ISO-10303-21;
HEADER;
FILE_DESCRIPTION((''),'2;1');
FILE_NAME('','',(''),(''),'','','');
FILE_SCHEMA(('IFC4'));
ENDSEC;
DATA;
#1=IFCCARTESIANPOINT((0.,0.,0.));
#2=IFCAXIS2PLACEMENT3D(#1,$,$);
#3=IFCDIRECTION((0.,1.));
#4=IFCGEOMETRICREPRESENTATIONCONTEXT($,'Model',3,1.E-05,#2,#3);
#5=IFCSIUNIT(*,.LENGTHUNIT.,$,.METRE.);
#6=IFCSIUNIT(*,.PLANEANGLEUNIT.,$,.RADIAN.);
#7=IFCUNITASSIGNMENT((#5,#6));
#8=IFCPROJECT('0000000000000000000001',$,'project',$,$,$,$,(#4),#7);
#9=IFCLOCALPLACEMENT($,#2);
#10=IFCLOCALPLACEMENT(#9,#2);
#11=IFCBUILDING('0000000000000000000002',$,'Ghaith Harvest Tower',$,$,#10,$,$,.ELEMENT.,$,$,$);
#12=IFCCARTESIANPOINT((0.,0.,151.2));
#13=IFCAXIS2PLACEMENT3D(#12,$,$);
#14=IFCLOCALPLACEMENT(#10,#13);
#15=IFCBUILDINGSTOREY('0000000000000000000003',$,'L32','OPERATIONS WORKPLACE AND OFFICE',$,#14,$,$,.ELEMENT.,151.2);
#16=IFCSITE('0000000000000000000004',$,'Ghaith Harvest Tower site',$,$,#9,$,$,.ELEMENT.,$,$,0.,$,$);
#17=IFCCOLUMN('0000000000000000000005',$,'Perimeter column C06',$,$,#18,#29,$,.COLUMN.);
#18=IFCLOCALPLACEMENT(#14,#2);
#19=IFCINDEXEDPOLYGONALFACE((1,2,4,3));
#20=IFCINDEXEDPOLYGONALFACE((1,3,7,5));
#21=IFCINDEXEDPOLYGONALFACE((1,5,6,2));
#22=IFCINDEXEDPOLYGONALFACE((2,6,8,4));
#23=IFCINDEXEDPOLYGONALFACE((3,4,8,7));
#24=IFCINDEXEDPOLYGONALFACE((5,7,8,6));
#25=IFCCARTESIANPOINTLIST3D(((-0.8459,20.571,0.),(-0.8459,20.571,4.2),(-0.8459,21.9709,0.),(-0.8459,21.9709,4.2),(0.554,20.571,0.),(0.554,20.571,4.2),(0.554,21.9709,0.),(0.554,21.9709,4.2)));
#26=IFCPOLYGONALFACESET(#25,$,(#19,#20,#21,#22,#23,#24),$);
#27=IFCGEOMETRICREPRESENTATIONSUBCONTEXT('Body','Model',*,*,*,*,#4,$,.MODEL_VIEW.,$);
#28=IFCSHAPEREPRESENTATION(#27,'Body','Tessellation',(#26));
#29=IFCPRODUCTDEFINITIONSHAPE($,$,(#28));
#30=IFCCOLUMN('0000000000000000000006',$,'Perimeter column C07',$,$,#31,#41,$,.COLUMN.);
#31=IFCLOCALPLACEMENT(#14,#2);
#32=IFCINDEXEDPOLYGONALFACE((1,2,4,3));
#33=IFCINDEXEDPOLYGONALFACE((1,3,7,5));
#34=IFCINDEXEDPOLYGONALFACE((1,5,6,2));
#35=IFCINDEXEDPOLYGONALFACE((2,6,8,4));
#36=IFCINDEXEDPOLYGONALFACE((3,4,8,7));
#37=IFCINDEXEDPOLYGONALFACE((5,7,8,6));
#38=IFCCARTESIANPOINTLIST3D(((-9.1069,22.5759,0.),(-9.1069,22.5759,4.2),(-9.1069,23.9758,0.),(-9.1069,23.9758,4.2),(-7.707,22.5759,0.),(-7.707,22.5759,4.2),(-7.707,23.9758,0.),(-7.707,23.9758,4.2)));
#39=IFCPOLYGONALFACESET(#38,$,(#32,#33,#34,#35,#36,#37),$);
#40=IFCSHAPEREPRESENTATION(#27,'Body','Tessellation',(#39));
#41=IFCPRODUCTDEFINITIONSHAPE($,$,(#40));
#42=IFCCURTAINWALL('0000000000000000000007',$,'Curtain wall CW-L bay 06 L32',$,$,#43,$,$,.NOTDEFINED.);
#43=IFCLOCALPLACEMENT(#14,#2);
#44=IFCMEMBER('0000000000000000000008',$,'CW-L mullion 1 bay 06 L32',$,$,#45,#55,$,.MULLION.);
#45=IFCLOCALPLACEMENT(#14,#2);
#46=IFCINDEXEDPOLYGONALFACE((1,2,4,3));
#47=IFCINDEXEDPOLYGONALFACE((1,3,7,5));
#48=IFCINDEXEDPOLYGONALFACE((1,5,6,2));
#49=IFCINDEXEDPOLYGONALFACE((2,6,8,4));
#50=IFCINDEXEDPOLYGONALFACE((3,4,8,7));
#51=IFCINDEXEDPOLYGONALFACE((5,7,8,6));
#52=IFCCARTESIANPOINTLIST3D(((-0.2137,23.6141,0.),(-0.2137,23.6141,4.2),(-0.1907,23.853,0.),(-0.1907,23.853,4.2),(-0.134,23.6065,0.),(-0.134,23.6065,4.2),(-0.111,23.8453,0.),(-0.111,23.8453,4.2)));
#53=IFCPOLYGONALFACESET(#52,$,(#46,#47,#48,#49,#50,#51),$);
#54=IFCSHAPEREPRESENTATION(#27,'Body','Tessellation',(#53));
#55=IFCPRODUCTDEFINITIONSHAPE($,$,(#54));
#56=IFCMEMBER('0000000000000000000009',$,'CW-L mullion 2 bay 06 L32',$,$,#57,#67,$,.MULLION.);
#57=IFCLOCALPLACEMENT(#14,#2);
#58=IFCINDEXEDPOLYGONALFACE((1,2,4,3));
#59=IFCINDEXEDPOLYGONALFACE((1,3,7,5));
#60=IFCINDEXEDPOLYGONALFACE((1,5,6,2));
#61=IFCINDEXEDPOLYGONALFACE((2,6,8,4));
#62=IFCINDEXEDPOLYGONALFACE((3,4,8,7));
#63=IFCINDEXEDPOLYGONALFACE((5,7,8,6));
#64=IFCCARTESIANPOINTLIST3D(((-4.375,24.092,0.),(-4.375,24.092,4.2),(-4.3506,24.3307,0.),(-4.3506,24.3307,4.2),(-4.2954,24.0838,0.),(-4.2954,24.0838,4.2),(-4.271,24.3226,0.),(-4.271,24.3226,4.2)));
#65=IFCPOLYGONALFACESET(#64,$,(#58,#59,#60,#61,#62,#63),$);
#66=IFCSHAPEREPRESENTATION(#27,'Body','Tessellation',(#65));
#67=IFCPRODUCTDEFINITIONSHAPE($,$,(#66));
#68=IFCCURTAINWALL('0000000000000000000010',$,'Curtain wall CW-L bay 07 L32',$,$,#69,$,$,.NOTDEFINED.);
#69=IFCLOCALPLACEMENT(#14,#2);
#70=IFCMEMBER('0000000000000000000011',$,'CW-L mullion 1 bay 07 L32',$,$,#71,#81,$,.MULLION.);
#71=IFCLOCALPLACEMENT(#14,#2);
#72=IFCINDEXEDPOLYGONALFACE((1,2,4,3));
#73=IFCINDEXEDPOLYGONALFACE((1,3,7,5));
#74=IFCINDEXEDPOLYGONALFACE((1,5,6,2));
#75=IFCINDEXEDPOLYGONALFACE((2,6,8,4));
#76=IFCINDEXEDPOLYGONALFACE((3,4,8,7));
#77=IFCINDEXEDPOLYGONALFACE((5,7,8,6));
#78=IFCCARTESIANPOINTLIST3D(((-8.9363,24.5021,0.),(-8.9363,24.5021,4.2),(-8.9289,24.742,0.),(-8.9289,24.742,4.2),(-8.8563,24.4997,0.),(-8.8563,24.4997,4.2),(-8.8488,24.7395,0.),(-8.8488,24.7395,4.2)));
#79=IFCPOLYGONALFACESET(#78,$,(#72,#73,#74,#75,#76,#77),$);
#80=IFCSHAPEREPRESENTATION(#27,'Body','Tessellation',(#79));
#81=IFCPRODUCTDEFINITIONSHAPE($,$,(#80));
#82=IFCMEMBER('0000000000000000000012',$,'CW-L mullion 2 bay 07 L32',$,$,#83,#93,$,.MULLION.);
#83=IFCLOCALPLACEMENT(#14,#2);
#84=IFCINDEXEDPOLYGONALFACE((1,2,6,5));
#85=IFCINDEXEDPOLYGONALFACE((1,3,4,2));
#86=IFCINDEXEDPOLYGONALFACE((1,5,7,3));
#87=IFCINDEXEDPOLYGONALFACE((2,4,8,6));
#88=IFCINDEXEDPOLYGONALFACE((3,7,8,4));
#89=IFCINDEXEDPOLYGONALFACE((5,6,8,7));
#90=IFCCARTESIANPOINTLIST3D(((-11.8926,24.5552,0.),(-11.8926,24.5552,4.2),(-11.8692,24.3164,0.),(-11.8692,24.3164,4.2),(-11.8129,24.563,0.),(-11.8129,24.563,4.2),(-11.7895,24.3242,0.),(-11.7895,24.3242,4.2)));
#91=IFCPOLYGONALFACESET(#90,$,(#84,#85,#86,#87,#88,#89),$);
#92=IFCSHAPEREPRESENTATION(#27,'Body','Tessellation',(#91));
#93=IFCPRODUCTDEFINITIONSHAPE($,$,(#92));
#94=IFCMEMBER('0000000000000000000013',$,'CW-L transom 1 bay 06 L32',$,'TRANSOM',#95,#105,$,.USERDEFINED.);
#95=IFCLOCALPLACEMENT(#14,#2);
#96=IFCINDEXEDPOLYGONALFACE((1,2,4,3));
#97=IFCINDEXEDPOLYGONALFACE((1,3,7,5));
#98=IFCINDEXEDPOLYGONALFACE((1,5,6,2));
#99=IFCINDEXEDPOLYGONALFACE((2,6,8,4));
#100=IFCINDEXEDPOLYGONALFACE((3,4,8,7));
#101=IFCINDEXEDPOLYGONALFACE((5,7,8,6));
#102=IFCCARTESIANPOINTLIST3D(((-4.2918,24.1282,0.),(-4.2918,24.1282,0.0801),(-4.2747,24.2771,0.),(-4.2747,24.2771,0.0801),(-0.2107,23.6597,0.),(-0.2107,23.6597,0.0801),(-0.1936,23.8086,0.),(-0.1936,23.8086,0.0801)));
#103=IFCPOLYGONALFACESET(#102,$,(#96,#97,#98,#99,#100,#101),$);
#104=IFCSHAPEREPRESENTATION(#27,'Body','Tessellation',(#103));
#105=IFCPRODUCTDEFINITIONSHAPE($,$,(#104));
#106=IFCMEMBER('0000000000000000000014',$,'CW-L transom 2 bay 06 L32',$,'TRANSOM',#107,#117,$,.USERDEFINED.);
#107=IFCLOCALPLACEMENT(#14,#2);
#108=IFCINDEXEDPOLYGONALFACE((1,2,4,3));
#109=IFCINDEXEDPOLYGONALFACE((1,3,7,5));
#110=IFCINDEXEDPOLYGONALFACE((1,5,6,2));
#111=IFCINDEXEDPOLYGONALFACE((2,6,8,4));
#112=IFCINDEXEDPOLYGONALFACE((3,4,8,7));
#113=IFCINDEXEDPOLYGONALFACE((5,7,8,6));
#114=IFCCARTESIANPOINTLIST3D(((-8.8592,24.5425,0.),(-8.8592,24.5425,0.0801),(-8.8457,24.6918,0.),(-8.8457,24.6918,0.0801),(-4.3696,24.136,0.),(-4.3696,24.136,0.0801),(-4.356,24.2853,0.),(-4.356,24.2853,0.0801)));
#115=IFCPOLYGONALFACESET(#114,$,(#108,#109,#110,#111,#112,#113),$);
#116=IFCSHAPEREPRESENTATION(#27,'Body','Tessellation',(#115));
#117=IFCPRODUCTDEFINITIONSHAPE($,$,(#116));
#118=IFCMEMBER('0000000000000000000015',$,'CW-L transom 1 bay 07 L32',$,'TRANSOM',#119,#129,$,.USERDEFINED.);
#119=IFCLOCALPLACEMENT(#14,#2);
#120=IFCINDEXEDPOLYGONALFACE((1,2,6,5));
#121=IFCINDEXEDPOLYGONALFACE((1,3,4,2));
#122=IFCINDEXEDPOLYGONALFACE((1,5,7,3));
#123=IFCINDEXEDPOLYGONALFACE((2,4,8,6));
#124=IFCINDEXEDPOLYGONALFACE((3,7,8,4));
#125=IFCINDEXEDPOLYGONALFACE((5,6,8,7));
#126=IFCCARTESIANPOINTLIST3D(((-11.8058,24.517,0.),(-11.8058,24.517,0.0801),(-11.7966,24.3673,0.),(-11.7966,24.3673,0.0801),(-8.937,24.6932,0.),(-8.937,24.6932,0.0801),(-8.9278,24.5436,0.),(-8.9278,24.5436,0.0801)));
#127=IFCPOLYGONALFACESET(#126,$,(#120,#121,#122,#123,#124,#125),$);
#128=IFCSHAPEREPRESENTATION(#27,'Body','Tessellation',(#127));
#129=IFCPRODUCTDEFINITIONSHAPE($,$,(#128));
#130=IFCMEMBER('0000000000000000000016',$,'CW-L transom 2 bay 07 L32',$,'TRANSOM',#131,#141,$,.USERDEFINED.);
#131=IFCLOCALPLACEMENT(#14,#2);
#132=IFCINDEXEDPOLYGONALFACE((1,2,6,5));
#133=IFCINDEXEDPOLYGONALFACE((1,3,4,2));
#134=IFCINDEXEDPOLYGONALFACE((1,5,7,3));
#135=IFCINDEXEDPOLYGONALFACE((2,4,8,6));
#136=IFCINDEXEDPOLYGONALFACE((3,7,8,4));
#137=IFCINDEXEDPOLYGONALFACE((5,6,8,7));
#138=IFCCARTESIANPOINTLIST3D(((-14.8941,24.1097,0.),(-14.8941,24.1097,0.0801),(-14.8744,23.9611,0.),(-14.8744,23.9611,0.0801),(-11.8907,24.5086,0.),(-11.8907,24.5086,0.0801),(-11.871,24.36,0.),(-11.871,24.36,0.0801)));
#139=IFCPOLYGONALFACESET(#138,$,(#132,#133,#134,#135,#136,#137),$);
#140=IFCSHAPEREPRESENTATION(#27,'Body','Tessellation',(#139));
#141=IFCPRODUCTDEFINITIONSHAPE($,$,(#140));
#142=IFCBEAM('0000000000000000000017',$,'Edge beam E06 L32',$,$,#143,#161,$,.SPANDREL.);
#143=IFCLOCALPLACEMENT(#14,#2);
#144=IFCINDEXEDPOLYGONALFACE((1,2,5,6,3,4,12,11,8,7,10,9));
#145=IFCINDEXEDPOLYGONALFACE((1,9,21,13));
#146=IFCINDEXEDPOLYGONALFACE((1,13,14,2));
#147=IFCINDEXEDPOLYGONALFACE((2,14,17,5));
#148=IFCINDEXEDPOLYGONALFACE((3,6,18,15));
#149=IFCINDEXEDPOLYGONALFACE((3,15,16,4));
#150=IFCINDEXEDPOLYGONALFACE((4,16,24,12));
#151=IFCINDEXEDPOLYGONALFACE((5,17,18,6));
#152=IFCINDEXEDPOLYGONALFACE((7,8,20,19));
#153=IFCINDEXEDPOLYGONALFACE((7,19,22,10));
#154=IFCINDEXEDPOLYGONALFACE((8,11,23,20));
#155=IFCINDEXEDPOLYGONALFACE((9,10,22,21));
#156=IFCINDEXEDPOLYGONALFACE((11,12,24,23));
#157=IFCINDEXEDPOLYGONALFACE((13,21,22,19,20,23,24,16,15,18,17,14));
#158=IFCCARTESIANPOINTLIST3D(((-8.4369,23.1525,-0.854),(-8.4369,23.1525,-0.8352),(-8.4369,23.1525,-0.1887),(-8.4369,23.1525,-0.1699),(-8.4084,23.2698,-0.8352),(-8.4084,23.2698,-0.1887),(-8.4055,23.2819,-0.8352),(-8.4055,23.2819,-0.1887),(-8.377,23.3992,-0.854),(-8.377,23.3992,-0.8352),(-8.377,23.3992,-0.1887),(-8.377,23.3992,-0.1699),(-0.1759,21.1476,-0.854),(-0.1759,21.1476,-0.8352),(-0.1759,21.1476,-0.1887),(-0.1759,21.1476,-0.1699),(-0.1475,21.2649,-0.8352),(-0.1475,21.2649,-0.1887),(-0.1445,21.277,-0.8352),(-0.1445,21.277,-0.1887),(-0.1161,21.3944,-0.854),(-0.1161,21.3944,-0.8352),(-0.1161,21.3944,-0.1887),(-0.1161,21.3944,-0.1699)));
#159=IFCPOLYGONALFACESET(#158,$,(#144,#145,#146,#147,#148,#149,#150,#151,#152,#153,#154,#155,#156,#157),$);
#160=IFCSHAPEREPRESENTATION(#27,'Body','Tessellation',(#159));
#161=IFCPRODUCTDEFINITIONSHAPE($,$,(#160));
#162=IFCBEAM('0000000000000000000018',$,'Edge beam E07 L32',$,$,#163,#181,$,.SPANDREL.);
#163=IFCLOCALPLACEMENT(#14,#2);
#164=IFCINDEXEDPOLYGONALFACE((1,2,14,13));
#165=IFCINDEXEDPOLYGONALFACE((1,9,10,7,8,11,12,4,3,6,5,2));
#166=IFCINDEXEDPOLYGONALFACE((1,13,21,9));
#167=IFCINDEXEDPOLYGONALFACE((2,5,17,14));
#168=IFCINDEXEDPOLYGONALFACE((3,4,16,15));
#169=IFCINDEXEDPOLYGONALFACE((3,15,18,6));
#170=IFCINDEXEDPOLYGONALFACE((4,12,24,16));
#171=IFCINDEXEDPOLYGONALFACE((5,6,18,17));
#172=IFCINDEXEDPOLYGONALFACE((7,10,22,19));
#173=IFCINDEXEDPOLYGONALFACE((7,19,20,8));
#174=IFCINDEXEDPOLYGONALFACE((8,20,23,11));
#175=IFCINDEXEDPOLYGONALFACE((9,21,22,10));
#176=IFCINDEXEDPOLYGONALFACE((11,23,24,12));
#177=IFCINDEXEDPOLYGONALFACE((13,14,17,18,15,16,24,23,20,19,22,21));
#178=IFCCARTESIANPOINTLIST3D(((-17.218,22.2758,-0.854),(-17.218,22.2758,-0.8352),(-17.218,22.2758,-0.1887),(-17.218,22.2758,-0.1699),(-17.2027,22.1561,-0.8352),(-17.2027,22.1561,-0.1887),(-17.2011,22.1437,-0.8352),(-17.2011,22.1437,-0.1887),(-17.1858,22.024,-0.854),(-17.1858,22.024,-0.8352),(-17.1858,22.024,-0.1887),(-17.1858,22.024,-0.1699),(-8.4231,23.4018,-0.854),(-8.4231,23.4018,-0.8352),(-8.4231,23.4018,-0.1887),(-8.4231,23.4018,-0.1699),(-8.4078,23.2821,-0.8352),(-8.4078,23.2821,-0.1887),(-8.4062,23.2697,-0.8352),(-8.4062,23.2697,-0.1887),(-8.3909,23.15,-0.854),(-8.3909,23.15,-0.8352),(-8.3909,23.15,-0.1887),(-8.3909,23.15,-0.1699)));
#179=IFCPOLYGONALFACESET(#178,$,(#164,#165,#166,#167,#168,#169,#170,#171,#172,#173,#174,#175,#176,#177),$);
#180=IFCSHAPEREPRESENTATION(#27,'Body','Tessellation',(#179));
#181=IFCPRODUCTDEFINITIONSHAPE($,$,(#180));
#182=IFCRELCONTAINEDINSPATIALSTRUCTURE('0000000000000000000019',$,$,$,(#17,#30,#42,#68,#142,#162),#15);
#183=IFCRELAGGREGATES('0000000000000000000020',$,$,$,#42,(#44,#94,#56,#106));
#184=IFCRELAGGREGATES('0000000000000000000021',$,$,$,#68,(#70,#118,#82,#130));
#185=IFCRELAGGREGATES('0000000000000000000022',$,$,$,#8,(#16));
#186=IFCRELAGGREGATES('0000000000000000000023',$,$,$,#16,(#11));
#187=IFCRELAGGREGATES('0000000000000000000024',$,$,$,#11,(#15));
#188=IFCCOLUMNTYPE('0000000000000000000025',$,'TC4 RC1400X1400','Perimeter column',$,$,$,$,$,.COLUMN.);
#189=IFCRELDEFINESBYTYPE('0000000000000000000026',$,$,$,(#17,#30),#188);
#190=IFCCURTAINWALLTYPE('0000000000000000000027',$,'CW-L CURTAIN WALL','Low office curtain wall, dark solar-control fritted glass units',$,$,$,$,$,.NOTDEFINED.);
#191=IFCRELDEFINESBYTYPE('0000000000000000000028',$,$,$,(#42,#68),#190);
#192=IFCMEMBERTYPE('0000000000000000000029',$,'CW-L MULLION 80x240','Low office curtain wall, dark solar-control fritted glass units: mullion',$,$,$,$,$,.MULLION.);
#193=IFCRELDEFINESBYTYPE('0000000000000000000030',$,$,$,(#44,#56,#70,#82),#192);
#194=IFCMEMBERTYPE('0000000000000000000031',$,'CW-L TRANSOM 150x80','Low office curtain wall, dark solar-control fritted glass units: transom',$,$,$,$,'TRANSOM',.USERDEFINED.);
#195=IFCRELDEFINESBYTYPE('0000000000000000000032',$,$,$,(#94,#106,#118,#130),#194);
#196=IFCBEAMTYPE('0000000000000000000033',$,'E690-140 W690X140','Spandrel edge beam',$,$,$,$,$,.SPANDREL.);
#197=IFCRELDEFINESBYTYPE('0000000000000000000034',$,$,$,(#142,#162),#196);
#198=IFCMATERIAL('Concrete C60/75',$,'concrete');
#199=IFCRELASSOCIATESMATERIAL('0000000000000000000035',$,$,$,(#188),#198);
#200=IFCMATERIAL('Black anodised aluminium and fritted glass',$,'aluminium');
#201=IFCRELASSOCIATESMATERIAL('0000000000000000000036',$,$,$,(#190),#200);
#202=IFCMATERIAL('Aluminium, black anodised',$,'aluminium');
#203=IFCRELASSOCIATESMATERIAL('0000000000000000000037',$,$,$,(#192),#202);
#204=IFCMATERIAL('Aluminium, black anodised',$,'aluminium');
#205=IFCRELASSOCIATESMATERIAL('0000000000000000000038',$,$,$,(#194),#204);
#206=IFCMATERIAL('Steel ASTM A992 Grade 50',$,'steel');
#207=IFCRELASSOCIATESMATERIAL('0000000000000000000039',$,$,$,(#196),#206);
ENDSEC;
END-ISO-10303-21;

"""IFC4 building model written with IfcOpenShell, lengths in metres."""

from ifc_helpers import new_model, si_unit, direction, frame, origin, origin_2d, place, context, subcontext, project, spatial, rectangle, i_section, extrude, material, material_profile, profile_set, type_object, element, aggregate, save


model = new_model("IFC4")

# Units and contexts
model_context = context("Model", 3, precision=1e-05, world=origin(), true_north=direction((0.0, 1.0)))
body_context = subcontext(model_context, "Body", "Model", "MODEL_VIEW")
ifc_project = project(units=[si_unit("LENGTHUNIT", "METRE"), si_unit("PLANEANGLEUNIT", "RADIAN")], contexts=[model_context])

# Site, building, storey
site_placement = place(None, origin())
site = spatial("IfcSite", under=ifc_project, at=site_placement, Name="Ghaith Harvest Tower site", CompositionType="ELEMENT", RefElevation=0.0)
building_placement = place(site_placement, origin())
building = spatial("IfcBuilding", under=site, at=building_placement, Name="Ghaith Harvest Tower", CompositionType="ELEMENT")
storey_placement = place(building_placement, frame((0.0, 0.0, 151.2)))
storey = spatial("IfcBuildingStorey", under=building, at=storey_placement, Name="L32", Description="OPERATIONS WORKPLACE AND OFFICE", CompositionType="ELEMENT", Elevation=151.2)

# Columns
ifc_material_1 = material(Name="Concrete C60/75", Category="concrete")
ifc_material_profile_1 = material_profile(ifc_material_1, rectangle(XDim=1.3999, YDim=1.3999, at=origin_2d()), Name="RC1400X1400")
ifc_profile_set_1 = profile_set([ifc_material_profile_1], Name="Concrete C60/75")
column_type = type_object("IfcColumnType", Name="TC4 RC1400X1400", Description="Perimeter column", PredefinedType="COLUMN", material=ifc_profile_set_1)
for number, where, z_axis, x_axis, name in (
    (1, (-0.146, 21.271, 0.0), (0.0, 0.0, 1.0), (1.0, 0.0, 0.0), "Perimeter column C06"),
    (2, (-8.407, 23.2759, 0.0), (0.0, 0.0, 1.0), (1.0, 0.0, 0.0), "Perimeter column C07"),
):
    element("IfcColumn", number, at=place(storey_placement, frame(where, z_axis=z_axis, x_axis=x_axis)), inside=storey, type_object=column_type, Name=name, PredefinedType="COLUMN", context=body_context, shape_type="SweptSolid", body=[
        extrude(rectangle(XDim=1.3999, YDim=1.3999, at=origin_2d()), origin(), (0.0, 0.0, 1.0), 4.2),
    ])

# Curtain walls, members
ifc_material_2 = material(Name="Black anodised aluminium and fritted glass", Category="aluminium")
curtain_wall_type = type_object("IfcCurtainWallType", Name="CW-L CURTAIN WALL", Description="Low office curtain wall, dark solar-control fritted glass units", PredefinedType="NOTDEFINED", material=ifc_material_2)
curtain_wall_1_placement = place(storey_placement, origin())
curtain_wall_1 = element("IfcCurtainWall", 3, at=curtain_wall_1_placement, inside=storey, type_object=curtain_wall_type, Name="Curtain wall CW-L bay 06 L32", PredefinedType="NOTDEFINED")
ifc_material_3 = material(Name="Aluminium, black anodised", Category="aluminium")
ifc_material_profile_2 = material_profile(ifc_material_3, rectangle(XDim=0.0801, YDim=0.24, at=origin_2d()), Name="CW-L MULLION 80x240")
ifc_profile_set_2 = profile_set([ifc_material_profile_2], Name="Aluminium, black anodised")
member_type_1 = type_object("IfcMemberType", Name="CW-L MULLION 80x240", Description="Low office curtain wall, dark solar-control fritted glass units: mullion", PredefinedType="MULLION", material=ifc_profile_set_2)
member_1_placement = place(storey_placement, frame((-0.1624, 23.7297, 0.0), z_axis=(0.0, 0.0, 1.0), x_axis=(-0.995388, 0.09593, 0.0)))
member_1 = element("IfcMember", 4, at=member_1_placement, type_object=member_type_1, Name="CW-L mullion 1 bay 06 L32", PredefinedType="MULLION", context=body_context, shape_type="SweptSolid", body=[
    extrude(rectangle(XDim=0.0801, YDim=0.24, at=origin_2d()), origin(), (0.0, 0.0, 1.0), 4.2),
])
member_2_placement = place(storey_placement, frame((-4.323, 24.2073, 0.0), z_axis=(0.0, 0.0, 1.0), x_axis=(-0.99483, 0.101551, 0.0)))
member_2 = element("IfcMember", 5, at=member_2_placement, type_object=member_type_1, Name="CW-L mullion 2 bay 06 L32", PredefinedType="MULLION", context=body_context, shape_type="SweptSolid", body=[
    extrude(rectangle(XDim=0.0801, YDim=0.24, at=origin_2d()), origin(), (0.0, 0.0, 1.0), 4.2),
])
curtain_wall_2_placement = place(storey_placement, origin())
curtain_wall_2 = element("IfcCurtainWall", 6, at=curtain_wall_2_placement, inside=storey, type_object=curtain_wall_type, Name="Curtain wall CW-L bay 07 L32", PredefinedType="NOTDEFINED")
member_3_placement = place(storey_placement, frame((-8.8926, 24.6208, 0.0), z_axis=(0.0, 0.0, 1.0), x_axis=(-0.999522, 0.030909, 0.0)))
member_3 = element("IfcMember", 7, at=member_3_placement, type_object=member_type_1, Name="CW-L mullion 1 bay 07 L32", PredefinedType="MULLION", context=body_context, shape_type="SweptSolid", body=[
    extrude(rectangle(XDim=0.0801, YDim=0.24, at=origin_2d()), origin(), (0.0, 0.0, 1.0), 4.2),
])
member_4_placement = place(storey_placement, frame((-11.8411, 24.4397, 0.0), z_axis=(0.0, 0.0, 1.0), x_axis=(-0.995238, -0.09748, 0.0)))
member_4 = element("IfcMember", 8, at=member_4_placement, type_object=member_type_1, Name="CW-L mullion 2 bay 07 L32", PredefinedType="MULLION", context=body_context, shape_type="SweptSolid", body=[
    extrude(rectangle(XDim=0.0801, YDim=0.24, at=origin_2d()), origin(), (0.0, 0.0, 1.0), 4.2),
])

# Members
ifc_material_4 = material(Name="Aluminium, black anodised", Category="aluminium")
ifc_material_profile_3 = material_profile(ifc_material_4, rectangle(XDim=0.1499, YDim=0.0801, at=origin_2d()), Name="CW-L TRANSOM 150x80")
ifc_profile_set_3 = profile_set([ifc_material_profile_3], Name="Aluminium, black anodised")
member_type_2 = type_object("IfcMemberType", Name="CW-L TRANSOM 150x80", Description="Low office curtain wall, dark solar-control fritted glass units: transom", ElementType="TRANSOM", PredefinedType="USERDEFINED", material=ifc_profile_set_3)
member_5_placement = place(storey_placement, frame((-0.2021, 23.7341, 0.04), z_axis=(-0.993475, 0.114051, 0.0), x_axis=(-0.114051, -0.993475, 0.0)))
member_5 = element("IfcMember", 9, at=member_5_placement, type_object=member_type_2, Name="CW-L transom 1 bay 06 L32", ObjectType="TRANSOM", PredefinedType="USERDEFINED", context=body_context, shape_type="SweptSolid", body=[
    extrude(rectangle(XDim=0.1499, YDim=0.0801, at=origin_2d()), origin(), (0.0, 0.0, 1.0), 4.1079),
])
member_6_placement = place(storey_placement, frame((-4.3628, 24.2107, 0.04), z_axis=(-0.995926, 0.09017, 0.0), x_axis=(-0.09017, -0.995926, 0.0)))
member_6 = element("IfcMember", 10, at=member_6_placement, type_object=member_type_2, Name="CW-L transom 2 bay 06 L32", ObjectType="TRANSOM", PredefinedType="USERDEFINED", context=body_context, shape_type="SweptSolid", body=[
    extrude(rectangle(XDim=0.1499, YDim=0.0801, at=origin_2d()), origin(), (0.0, 0.0, 1.0), 4.5081),
])
member_7_placement = place(storey_placement, frame((-8.9324, 24.6184, 0.04), z_axis=(-0.998118, -0.061326, 0.0), x_axis=(0.061326, -0.998118, 0.0)))
member_7 = element("IfcMember", 11, at=member_7_placement, type_object=member_type_2, Name="CW-L transom 1 bay 07 L32", ObjectType="TRANSOM", PredefinedType="USERDEFINED", context=body_context, shape_type="SweptSolid", body=[
    extrude(rectangle(XDim=0.1499, YDim=0.0801, at=origin_2d()), origin(), (0.0, 0.0, 1.0), 2.8743),
])
member_8_placement = place(storey_placement, frame((-11.8809, 24.4343, 0.04), z_axis=(-0.991294, -0.131668, 0.0), x_axis=(0.131668, -0.991294, 0.0)))
member_8 = element("IfcMember", 12, at=member_8_placement, type_object=member_type_2, Name="CW-L transom 2 bay 07 L32", ObjectType="TRANSOM", PredefinedType="USERDEFINED", context=body_context, shape_type="SweptSolid", body=[
    extrude(rectangle(XDim=0.1499, YDim=0.0801, at=origin_2d()), origin(), (0.0, 0.0, 1.0), 3.0298),
])

# Beams
ifc_material_5 = material(Name="Steel ASTM A992 Grade 50", Category="steel")
ifc_material_profile_4 = material_profile(ifc_material_5, i_section(OverallWidth=0.2539, OverallDepth=0.6841, WebThickness=0.0125, FlangeThickness=0.0188, at=origin_2d()), Name="W690X140")
ifc_profile_set_4 = profile_set([ifc_material_profile_4], Name="Steel ASTM A992 Grade 50")
beam_type_1 = type_object("IfcBeamType", Name="E690-140 W690X140", Description="Spandrel edge beam", PredefinedType="SPANDREL", material=ifc_profile_set_4)
beam_1_placement = place(storey_placement, frame((-0.146, 21.271, -0.512), z_axis=(-0.97179, 0.235847, 0.0), x_axis=(-0.235847, -0.97179, 0.0)))
element("IfcBeam", 13, at=beam_1_placement, inside=storey, type_object=beam_type_1, Name="Edge beam E06 L32", PredefinedType="SPANDREL", context=body_context, shape_type="SweptSolid", body=[
    extrude(i_section(OverallWidth=0.2539, OverallDepth=0.6841, WebThickness=0.0125, FlangeThickness=0.0188, at=origin_2d()), origin(), (0.0, 0.0, 1.0), 8.5007),
])
beam_2_placement = place(storey_placement, frame((-8.407, 23.2759, -0.512), z_axis=(-0.991904, -0.126989, 0.0), x_axis=(0.126989, -0.991904, 0.0)))
element("IfcBeam", 14, at=beam_2_placement, inside=storey, type_object=beam_type_1, Name="Edge beam E07 L32", PredefinedType="SPANDREL", context=body_context, shape_type="SweptSolid", body=[
    extrude(i_section(OverallWidth=0.2539, OverallDepth=0.6841, WebThickness=0.0125, FlangeThickness=0.0188, at=origin_2d()), origin(), (0.0, 0.0, 1.0), 8.8667),
])

aggregate(curtain_wall_1, [member_1, member_5, member_2, member_6])
aggregate(curtain_wall_2, [member_3, member_7, member_4, member_8])

save(model, "model.ifc")
